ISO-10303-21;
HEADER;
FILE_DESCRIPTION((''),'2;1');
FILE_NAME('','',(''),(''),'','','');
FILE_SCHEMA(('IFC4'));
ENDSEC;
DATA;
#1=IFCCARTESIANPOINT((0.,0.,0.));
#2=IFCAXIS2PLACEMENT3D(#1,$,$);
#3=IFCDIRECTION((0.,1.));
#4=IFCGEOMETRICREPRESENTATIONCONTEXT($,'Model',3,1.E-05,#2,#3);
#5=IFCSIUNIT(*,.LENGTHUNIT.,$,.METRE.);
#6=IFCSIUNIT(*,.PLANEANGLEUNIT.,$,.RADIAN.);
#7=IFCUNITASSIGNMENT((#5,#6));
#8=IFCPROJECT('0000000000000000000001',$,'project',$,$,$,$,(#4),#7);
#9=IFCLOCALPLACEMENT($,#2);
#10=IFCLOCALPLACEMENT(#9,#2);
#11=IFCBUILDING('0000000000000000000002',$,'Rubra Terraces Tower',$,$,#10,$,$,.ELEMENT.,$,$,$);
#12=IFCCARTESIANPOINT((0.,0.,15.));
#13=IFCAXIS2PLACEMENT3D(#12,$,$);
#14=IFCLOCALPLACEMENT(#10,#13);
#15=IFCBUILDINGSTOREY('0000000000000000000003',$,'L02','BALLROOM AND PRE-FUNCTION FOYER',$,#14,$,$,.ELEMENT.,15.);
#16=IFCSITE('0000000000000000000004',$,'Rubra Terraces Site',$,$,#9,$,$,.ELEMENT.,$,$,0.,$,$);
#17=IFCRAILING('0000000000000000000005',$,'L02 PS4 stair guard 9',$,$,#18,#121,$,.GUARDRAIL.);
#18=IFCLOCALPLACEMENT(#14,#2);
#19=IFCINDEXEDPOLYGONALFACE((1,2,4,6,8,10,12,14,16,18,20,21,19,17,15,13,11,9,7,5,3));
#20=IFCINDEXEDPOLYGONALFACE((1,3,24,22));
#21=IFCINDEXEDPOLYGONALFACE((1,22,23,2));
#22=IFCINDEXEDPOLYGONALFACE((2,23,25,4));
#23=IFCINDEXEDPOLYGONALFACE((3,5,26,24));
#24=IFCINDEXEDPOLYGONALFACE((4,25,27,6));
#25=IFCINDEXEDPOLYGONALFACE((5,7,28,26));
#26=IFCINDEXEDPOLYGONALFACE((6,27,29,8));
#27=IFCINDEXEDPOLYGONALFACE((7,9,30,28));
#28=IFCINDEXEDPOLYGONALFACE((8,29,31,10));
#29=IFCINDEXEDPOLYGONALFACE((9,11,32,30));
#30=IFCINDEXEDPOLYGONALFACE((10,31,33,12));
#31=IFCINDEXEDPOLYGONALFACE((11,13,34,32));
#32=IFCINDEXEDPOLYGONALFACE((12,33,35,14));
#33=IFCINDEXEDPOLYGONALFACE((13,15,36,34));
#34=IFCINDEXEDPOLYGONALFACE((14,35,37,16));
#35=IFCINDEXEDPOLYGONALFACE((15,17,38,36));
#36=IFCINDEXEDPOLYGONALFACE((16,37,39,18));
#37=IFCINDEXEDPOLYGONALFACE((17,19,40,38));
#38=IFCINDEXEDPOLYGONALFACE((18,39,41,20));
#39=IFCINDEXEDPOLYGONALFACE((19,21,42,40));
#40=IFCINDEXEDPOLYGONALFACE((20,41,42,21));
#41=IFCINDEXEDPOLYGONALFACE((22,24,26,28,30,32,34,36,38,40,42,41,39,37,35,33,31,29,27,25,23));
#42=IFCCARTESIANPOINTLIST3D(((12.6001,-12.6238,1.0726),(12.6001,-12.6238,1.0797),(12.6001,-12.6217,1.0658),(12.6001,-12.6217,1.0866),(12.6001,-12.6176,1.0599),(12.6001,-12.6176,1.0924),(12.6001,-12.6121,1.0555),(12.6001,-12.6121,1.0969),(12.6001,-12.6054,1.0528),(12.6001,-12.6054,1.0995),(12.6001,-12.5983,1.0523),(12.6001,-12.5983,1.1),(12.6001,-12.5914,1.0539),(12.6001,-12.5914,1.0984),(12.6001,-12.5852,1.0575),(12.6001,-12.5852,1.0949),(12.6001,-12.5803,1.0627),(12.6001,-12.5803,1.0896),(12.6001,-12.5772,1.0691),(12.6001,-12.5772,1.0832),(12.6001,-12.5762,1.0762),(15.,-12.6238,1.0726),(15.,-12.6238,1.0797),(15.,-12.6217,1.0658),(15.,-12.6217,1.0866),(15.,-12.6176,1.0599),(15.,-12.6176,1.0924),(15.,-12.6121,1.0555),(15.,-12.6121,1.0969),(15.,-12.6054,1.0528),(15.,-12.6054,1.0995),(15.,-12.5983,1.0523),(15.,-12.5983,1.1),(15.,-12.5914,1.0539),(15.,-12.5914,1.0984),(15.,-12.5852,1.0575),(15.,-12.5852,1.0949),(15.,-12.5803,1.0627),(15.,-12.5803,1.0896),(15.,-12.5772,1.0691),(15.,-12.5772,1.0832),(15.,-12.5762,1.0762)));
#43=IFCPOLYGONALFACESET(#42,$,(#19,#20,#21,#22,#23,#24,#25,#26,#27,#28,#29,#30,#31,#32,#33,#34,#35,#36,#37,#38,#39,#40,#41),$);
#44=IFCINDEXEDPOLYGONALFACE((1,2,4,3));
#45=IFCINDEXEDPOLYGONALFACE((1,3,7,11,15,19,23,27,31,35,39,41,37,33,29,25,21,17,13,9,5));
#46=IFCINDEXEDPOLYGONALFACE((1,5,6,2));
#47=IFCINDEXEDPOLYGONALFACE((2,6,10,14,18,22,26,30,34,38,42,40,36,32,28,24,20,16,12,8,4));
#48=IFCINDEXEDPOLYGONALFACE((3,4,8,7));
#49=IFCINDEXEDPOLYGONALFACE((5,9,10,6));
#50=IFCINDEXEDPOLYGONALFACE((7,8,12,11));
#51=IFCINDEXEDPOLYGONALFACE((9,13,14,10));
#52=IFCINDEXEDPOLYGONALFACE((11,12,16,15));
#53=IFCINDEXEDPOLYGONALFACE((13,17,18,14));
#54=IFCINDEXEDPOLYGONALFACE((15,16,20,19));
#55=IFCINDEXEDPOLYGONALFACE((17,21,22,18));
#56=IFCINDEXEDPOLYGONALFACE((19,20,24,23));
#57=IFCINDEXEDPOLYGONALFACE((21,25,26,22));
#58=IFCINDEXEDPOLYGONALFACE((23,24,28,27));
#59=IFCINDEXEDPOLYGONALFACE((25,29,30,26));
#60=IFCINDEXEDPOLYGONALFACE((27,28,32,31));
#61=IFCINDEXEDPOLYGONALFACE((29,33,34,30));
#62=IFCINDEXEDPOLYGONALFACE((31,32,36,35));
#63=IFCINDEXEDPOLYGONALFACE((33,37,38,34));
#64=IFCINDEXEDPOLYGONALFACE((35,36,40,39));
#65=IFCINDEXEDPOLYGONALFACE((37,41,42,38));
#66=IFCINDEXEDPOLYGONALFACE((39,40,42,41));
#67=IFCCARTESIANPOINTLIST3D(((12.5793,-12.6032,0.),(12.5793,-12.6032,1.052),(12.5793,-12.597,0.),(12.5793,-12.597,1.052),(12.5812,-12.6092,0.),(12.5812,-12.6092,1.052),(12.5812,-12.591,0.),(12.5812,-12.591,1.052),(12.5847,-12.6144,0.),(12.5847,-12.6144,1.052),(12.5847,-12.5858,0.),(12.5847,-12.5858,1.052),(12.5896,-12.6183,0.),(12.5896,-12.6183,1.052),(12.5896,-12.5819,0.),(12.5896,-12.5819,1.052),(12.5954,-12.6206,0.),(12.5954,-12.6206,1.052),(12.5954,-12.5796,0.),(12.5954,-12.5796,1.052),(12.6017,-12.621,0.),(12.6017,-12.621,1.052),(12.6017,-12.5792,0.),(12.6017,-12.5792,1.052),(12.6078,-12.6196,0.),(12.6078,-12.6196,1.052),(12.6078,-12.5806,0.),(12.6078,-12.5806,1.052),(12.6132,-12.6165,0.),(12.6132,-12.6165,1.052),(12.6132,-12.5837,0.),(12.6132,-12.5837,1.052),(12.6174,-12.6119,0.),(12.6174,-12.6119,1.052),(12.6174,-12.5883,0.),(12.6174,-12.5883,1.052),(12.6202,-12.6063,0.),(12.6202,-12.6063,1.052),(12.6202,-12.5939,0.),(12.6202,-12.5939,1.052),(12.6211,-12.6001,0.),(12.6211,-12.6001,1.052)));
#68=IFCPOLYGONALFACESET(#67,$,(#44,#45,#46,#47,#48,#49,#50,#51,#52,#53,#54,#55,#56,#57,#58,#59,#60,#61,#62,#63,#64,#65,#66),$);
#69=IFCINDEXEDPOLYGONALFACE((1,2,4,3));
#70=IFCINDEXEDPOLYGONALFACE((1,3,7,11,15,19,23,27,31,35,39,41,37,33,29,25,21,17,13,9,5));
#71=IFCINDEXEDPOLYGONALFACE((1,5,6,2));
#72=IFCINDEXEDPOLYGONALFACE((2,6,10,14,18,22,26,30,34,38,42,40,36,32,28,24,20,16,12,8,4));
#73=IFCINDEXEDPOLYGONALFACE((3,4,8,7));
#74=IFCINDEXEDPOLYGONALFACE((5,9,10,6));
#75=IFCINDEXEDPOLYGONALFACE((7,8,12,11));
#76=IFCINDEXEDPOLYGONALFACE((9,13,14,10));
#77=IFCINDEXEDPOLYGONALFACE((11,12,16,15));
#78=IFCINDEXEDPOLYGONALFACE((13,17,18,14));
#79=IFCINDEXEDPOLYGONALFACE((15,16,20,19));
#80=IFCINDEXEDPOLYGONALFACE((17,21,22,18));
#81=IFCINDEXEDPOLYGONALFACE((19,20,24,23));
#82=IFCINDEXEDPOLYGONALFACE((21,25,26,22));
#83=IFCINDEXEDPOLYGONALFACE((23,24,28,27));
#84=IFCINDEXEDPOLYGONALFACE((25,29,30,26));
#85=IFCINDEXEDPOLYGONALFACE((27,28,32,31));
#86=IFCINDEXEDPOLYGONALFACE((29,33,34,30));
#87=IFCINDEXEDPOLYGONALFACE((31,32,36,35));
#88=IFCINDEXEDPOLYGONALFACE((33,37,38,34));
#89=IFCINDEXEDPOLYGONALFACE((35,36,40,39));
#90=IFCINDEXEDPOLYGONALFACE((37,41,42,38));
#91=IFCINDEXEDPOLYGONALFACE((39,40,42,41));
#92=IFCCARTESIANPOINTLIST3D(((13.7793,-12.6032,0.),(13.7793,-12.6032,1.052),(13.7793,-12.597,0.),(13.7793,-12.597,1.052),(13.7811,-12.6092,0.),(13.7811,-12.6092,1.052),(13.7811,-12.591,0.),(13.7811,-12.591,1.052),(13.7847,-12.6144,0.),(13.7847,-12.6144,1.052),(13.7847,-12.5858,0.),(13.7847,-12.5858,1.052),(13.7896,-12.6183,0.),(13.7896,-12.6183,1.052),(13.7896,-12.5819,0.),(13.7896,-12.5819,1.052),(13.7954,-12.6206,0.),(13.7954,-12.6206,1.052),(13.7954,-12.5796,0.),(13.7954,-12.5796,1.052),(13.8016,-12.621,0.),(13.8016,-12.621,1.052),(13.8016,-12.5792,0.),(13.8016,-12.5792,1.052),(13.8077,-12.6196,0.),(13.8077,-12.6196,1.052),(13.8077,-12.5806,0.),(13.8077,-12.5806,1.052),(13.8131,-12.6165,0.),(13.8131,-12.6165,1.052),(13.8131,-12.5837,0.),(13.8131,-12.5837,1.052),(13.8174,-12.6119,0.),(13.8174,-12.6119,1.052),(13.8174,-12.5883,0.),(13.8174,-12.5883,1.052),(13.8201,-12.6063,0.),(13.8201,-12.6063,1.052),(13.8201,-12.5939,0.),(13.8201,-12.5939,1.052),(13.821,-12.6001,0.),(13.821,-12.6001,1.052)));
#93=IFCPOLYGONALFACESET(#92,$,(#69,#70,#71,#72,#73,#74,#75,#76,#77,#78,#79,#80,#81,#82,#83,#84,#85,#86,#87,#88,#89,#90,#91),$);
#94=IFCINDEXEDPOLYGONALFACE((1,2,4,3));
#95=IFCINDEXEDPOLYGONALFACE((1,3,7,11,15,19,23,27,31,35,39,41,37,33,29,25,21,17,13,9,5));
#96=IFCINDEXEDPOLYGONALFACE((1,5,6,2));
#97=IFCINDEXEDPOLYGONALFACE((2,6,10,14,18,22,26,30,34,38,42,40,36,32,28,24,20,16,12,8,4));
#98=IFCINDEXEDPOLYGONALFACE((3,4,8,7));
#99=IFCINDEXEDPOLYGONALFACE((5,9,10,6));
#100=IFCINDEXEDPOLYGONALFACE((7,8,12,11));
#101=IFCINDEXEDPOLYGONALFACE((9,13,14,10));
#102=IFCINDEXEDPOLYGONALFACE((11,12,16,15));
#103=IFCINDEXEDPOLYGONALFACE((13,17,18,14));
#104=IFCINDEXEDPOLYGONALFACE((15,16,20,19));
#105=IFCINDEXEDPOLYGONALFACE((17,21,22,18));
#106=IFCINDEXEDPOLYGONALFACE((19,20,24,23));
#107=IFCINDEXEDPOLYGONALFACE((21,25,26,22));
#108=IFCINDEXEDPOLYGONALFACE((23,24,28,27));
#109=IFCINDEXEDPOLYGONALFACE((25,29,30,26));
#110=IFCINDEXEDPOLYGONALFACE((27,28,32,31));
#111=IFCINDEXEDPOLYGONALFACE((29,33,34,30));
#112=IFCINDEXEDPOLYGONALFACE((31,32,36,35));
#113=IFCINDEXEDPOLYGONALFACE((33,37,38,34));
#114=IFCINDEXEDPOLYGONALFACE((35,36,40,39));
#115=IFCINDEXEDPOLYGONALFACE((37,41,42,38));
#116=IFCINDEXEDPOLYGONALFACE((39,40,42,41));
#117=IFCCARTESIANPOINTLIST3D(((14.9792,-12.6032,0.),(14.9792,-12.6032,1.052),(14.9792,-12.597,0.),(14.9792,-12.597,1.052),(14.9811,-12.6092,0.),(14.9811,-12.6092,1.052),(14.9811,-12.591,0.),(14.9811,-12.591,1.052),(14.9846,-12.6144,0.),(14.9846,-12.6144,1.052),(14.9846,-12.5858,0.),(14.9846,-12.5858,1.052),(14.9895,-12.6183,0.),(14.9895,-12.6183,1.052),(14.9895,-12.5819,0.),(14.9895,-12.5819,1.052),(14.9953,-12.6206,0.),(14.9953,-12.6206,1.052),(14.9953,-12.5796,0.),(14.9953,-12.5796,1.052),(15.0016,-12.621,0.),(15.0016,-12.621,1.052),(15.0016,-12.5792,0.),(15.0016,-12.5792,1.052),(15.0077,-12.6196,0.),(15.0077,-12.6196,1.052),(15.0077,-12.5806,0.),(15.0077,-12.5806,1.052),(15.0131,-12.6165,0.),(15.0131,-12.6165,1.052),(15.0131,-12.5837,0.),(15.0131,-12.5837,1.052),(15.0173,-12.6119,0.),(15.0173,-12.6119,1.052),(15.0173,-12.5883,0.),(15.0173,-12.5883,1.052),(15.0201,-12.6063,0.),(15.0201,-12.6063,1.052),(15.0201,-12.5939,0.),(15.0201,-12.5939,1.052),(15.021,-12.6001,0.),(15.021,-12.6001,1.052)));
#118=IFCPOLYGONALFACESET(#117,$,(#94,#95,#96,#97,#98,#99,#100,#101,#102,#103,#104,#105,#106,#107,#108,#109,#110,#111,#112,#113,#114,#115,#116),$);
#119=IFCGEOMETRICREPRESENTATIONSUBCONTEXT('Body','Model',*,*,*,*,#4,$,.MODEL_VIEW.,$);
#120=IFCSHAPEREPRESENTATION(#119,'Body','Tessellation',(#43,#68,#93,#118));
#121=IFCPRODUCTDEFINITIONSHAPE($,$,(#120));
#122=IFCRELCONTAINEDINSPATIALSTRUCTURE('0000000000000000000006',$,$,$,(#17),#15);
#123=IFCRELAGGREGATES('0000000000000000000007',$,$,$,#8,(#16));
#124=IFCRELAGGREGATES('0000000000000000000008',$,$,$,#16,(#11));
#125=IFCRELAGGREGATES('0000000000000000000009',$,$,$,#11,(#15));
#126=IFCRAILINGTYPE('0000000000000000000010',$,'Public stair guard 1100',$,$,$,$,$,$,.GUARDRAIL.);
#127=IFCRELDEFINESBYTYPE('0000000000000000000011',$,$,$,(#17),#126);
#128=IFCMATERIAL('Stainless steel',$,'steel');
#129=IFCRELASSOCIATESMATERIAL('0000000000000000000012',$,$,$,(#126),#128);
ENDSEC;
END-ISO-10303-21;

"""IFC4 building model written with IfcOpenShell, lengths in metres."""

from ifc_helpers import new_model, si_unit, direction, frame, origin, origin_2d, place, context, subcontext, project, spatial, circle, extrude, material, type_object, element, save


model = new_model("IFC4")

# Units and contexts
model_context = context("Model", 3, precision=1e-05, world=origin(), true_north=direction((0.0, 1.0)))
body_context = subcontext(model_context, "Body", "Model", "MODEL_VIEW")
ifc_project = project(units=[si_unit("LENGTHUNIT", "METRE"), si_unit("PLANEANGLEUNIT", "RADIAN")], contexts=[model_context])

# Site, building, storey
site_placement = place(None, origin())
site = spatial("IfcSite", under=ifc_project, at=site_placement, Name="Rubra Terraces Site", CompositionType="ELEMENT", RefElevation=0.0)
building_placement = place(site_placement, origin())
building = spatial("IfcBuilding", under=site, at=building_placement, Name="Rubra Terraces Tower", CompositionType="ELEMENT")
storey_placement = place(building_placement, frame((0.0, 0.0, 15.0)))
storey = spatial("IfcBuildingStorey", under=building, at=storey_placement, Name="L02", Description="BALLROOM AND PRE-FUNCTION FOYER", CompositionType="ELEMENT", Elevation=15.0)

# Railing
ifc_material_1 = material(Name="Stainless steel", Category="steel")
railing_type_1 = type_object("IfcRailingType", Name="Public stair guard 1100", PredefinedType="GUARDRAIL", material=ifc_material_1)
for number, where, name in (
    (1, (12.6001, -12.6001, 0.0), "L02 PS4 stair guard 9"),
):
    element("IfcRailing", number, at=place(storey_placement, frame(where)), inside=storey, type_object=railing_type_1, Name=name, PredefinedType="GUARDRAIL", context=body_context, shape_type="SweptSolid", body=[
        extrude(circle(Radius=0.0239, at=origin_2d()), frame((0.0, 0.0, 1.0762), z_axis=(1.0, 0.0, 0.0), x_axis=(0.0, 1.0, 0.0)), (0.0, 0.0, 1.0), 2.3999),
        extrude(circle(Radius=0.021, at=origin_2d()), origin(), (0.0, 0.0, 1.0), 1.052),
        extrude(circle(Radius=0.021, at=origin_2d()), frame((1.2, 0.0, 0.0)), (0.0, 0.0, 1.0), 1.052),
        extrude(circle(Radius=0.021, at=origin_2d()), frame((2.3999, 0.0, 0.0)), (0.0, 0.0, 1.0), 1.052),
    ])

save(model, "model.ifc")
